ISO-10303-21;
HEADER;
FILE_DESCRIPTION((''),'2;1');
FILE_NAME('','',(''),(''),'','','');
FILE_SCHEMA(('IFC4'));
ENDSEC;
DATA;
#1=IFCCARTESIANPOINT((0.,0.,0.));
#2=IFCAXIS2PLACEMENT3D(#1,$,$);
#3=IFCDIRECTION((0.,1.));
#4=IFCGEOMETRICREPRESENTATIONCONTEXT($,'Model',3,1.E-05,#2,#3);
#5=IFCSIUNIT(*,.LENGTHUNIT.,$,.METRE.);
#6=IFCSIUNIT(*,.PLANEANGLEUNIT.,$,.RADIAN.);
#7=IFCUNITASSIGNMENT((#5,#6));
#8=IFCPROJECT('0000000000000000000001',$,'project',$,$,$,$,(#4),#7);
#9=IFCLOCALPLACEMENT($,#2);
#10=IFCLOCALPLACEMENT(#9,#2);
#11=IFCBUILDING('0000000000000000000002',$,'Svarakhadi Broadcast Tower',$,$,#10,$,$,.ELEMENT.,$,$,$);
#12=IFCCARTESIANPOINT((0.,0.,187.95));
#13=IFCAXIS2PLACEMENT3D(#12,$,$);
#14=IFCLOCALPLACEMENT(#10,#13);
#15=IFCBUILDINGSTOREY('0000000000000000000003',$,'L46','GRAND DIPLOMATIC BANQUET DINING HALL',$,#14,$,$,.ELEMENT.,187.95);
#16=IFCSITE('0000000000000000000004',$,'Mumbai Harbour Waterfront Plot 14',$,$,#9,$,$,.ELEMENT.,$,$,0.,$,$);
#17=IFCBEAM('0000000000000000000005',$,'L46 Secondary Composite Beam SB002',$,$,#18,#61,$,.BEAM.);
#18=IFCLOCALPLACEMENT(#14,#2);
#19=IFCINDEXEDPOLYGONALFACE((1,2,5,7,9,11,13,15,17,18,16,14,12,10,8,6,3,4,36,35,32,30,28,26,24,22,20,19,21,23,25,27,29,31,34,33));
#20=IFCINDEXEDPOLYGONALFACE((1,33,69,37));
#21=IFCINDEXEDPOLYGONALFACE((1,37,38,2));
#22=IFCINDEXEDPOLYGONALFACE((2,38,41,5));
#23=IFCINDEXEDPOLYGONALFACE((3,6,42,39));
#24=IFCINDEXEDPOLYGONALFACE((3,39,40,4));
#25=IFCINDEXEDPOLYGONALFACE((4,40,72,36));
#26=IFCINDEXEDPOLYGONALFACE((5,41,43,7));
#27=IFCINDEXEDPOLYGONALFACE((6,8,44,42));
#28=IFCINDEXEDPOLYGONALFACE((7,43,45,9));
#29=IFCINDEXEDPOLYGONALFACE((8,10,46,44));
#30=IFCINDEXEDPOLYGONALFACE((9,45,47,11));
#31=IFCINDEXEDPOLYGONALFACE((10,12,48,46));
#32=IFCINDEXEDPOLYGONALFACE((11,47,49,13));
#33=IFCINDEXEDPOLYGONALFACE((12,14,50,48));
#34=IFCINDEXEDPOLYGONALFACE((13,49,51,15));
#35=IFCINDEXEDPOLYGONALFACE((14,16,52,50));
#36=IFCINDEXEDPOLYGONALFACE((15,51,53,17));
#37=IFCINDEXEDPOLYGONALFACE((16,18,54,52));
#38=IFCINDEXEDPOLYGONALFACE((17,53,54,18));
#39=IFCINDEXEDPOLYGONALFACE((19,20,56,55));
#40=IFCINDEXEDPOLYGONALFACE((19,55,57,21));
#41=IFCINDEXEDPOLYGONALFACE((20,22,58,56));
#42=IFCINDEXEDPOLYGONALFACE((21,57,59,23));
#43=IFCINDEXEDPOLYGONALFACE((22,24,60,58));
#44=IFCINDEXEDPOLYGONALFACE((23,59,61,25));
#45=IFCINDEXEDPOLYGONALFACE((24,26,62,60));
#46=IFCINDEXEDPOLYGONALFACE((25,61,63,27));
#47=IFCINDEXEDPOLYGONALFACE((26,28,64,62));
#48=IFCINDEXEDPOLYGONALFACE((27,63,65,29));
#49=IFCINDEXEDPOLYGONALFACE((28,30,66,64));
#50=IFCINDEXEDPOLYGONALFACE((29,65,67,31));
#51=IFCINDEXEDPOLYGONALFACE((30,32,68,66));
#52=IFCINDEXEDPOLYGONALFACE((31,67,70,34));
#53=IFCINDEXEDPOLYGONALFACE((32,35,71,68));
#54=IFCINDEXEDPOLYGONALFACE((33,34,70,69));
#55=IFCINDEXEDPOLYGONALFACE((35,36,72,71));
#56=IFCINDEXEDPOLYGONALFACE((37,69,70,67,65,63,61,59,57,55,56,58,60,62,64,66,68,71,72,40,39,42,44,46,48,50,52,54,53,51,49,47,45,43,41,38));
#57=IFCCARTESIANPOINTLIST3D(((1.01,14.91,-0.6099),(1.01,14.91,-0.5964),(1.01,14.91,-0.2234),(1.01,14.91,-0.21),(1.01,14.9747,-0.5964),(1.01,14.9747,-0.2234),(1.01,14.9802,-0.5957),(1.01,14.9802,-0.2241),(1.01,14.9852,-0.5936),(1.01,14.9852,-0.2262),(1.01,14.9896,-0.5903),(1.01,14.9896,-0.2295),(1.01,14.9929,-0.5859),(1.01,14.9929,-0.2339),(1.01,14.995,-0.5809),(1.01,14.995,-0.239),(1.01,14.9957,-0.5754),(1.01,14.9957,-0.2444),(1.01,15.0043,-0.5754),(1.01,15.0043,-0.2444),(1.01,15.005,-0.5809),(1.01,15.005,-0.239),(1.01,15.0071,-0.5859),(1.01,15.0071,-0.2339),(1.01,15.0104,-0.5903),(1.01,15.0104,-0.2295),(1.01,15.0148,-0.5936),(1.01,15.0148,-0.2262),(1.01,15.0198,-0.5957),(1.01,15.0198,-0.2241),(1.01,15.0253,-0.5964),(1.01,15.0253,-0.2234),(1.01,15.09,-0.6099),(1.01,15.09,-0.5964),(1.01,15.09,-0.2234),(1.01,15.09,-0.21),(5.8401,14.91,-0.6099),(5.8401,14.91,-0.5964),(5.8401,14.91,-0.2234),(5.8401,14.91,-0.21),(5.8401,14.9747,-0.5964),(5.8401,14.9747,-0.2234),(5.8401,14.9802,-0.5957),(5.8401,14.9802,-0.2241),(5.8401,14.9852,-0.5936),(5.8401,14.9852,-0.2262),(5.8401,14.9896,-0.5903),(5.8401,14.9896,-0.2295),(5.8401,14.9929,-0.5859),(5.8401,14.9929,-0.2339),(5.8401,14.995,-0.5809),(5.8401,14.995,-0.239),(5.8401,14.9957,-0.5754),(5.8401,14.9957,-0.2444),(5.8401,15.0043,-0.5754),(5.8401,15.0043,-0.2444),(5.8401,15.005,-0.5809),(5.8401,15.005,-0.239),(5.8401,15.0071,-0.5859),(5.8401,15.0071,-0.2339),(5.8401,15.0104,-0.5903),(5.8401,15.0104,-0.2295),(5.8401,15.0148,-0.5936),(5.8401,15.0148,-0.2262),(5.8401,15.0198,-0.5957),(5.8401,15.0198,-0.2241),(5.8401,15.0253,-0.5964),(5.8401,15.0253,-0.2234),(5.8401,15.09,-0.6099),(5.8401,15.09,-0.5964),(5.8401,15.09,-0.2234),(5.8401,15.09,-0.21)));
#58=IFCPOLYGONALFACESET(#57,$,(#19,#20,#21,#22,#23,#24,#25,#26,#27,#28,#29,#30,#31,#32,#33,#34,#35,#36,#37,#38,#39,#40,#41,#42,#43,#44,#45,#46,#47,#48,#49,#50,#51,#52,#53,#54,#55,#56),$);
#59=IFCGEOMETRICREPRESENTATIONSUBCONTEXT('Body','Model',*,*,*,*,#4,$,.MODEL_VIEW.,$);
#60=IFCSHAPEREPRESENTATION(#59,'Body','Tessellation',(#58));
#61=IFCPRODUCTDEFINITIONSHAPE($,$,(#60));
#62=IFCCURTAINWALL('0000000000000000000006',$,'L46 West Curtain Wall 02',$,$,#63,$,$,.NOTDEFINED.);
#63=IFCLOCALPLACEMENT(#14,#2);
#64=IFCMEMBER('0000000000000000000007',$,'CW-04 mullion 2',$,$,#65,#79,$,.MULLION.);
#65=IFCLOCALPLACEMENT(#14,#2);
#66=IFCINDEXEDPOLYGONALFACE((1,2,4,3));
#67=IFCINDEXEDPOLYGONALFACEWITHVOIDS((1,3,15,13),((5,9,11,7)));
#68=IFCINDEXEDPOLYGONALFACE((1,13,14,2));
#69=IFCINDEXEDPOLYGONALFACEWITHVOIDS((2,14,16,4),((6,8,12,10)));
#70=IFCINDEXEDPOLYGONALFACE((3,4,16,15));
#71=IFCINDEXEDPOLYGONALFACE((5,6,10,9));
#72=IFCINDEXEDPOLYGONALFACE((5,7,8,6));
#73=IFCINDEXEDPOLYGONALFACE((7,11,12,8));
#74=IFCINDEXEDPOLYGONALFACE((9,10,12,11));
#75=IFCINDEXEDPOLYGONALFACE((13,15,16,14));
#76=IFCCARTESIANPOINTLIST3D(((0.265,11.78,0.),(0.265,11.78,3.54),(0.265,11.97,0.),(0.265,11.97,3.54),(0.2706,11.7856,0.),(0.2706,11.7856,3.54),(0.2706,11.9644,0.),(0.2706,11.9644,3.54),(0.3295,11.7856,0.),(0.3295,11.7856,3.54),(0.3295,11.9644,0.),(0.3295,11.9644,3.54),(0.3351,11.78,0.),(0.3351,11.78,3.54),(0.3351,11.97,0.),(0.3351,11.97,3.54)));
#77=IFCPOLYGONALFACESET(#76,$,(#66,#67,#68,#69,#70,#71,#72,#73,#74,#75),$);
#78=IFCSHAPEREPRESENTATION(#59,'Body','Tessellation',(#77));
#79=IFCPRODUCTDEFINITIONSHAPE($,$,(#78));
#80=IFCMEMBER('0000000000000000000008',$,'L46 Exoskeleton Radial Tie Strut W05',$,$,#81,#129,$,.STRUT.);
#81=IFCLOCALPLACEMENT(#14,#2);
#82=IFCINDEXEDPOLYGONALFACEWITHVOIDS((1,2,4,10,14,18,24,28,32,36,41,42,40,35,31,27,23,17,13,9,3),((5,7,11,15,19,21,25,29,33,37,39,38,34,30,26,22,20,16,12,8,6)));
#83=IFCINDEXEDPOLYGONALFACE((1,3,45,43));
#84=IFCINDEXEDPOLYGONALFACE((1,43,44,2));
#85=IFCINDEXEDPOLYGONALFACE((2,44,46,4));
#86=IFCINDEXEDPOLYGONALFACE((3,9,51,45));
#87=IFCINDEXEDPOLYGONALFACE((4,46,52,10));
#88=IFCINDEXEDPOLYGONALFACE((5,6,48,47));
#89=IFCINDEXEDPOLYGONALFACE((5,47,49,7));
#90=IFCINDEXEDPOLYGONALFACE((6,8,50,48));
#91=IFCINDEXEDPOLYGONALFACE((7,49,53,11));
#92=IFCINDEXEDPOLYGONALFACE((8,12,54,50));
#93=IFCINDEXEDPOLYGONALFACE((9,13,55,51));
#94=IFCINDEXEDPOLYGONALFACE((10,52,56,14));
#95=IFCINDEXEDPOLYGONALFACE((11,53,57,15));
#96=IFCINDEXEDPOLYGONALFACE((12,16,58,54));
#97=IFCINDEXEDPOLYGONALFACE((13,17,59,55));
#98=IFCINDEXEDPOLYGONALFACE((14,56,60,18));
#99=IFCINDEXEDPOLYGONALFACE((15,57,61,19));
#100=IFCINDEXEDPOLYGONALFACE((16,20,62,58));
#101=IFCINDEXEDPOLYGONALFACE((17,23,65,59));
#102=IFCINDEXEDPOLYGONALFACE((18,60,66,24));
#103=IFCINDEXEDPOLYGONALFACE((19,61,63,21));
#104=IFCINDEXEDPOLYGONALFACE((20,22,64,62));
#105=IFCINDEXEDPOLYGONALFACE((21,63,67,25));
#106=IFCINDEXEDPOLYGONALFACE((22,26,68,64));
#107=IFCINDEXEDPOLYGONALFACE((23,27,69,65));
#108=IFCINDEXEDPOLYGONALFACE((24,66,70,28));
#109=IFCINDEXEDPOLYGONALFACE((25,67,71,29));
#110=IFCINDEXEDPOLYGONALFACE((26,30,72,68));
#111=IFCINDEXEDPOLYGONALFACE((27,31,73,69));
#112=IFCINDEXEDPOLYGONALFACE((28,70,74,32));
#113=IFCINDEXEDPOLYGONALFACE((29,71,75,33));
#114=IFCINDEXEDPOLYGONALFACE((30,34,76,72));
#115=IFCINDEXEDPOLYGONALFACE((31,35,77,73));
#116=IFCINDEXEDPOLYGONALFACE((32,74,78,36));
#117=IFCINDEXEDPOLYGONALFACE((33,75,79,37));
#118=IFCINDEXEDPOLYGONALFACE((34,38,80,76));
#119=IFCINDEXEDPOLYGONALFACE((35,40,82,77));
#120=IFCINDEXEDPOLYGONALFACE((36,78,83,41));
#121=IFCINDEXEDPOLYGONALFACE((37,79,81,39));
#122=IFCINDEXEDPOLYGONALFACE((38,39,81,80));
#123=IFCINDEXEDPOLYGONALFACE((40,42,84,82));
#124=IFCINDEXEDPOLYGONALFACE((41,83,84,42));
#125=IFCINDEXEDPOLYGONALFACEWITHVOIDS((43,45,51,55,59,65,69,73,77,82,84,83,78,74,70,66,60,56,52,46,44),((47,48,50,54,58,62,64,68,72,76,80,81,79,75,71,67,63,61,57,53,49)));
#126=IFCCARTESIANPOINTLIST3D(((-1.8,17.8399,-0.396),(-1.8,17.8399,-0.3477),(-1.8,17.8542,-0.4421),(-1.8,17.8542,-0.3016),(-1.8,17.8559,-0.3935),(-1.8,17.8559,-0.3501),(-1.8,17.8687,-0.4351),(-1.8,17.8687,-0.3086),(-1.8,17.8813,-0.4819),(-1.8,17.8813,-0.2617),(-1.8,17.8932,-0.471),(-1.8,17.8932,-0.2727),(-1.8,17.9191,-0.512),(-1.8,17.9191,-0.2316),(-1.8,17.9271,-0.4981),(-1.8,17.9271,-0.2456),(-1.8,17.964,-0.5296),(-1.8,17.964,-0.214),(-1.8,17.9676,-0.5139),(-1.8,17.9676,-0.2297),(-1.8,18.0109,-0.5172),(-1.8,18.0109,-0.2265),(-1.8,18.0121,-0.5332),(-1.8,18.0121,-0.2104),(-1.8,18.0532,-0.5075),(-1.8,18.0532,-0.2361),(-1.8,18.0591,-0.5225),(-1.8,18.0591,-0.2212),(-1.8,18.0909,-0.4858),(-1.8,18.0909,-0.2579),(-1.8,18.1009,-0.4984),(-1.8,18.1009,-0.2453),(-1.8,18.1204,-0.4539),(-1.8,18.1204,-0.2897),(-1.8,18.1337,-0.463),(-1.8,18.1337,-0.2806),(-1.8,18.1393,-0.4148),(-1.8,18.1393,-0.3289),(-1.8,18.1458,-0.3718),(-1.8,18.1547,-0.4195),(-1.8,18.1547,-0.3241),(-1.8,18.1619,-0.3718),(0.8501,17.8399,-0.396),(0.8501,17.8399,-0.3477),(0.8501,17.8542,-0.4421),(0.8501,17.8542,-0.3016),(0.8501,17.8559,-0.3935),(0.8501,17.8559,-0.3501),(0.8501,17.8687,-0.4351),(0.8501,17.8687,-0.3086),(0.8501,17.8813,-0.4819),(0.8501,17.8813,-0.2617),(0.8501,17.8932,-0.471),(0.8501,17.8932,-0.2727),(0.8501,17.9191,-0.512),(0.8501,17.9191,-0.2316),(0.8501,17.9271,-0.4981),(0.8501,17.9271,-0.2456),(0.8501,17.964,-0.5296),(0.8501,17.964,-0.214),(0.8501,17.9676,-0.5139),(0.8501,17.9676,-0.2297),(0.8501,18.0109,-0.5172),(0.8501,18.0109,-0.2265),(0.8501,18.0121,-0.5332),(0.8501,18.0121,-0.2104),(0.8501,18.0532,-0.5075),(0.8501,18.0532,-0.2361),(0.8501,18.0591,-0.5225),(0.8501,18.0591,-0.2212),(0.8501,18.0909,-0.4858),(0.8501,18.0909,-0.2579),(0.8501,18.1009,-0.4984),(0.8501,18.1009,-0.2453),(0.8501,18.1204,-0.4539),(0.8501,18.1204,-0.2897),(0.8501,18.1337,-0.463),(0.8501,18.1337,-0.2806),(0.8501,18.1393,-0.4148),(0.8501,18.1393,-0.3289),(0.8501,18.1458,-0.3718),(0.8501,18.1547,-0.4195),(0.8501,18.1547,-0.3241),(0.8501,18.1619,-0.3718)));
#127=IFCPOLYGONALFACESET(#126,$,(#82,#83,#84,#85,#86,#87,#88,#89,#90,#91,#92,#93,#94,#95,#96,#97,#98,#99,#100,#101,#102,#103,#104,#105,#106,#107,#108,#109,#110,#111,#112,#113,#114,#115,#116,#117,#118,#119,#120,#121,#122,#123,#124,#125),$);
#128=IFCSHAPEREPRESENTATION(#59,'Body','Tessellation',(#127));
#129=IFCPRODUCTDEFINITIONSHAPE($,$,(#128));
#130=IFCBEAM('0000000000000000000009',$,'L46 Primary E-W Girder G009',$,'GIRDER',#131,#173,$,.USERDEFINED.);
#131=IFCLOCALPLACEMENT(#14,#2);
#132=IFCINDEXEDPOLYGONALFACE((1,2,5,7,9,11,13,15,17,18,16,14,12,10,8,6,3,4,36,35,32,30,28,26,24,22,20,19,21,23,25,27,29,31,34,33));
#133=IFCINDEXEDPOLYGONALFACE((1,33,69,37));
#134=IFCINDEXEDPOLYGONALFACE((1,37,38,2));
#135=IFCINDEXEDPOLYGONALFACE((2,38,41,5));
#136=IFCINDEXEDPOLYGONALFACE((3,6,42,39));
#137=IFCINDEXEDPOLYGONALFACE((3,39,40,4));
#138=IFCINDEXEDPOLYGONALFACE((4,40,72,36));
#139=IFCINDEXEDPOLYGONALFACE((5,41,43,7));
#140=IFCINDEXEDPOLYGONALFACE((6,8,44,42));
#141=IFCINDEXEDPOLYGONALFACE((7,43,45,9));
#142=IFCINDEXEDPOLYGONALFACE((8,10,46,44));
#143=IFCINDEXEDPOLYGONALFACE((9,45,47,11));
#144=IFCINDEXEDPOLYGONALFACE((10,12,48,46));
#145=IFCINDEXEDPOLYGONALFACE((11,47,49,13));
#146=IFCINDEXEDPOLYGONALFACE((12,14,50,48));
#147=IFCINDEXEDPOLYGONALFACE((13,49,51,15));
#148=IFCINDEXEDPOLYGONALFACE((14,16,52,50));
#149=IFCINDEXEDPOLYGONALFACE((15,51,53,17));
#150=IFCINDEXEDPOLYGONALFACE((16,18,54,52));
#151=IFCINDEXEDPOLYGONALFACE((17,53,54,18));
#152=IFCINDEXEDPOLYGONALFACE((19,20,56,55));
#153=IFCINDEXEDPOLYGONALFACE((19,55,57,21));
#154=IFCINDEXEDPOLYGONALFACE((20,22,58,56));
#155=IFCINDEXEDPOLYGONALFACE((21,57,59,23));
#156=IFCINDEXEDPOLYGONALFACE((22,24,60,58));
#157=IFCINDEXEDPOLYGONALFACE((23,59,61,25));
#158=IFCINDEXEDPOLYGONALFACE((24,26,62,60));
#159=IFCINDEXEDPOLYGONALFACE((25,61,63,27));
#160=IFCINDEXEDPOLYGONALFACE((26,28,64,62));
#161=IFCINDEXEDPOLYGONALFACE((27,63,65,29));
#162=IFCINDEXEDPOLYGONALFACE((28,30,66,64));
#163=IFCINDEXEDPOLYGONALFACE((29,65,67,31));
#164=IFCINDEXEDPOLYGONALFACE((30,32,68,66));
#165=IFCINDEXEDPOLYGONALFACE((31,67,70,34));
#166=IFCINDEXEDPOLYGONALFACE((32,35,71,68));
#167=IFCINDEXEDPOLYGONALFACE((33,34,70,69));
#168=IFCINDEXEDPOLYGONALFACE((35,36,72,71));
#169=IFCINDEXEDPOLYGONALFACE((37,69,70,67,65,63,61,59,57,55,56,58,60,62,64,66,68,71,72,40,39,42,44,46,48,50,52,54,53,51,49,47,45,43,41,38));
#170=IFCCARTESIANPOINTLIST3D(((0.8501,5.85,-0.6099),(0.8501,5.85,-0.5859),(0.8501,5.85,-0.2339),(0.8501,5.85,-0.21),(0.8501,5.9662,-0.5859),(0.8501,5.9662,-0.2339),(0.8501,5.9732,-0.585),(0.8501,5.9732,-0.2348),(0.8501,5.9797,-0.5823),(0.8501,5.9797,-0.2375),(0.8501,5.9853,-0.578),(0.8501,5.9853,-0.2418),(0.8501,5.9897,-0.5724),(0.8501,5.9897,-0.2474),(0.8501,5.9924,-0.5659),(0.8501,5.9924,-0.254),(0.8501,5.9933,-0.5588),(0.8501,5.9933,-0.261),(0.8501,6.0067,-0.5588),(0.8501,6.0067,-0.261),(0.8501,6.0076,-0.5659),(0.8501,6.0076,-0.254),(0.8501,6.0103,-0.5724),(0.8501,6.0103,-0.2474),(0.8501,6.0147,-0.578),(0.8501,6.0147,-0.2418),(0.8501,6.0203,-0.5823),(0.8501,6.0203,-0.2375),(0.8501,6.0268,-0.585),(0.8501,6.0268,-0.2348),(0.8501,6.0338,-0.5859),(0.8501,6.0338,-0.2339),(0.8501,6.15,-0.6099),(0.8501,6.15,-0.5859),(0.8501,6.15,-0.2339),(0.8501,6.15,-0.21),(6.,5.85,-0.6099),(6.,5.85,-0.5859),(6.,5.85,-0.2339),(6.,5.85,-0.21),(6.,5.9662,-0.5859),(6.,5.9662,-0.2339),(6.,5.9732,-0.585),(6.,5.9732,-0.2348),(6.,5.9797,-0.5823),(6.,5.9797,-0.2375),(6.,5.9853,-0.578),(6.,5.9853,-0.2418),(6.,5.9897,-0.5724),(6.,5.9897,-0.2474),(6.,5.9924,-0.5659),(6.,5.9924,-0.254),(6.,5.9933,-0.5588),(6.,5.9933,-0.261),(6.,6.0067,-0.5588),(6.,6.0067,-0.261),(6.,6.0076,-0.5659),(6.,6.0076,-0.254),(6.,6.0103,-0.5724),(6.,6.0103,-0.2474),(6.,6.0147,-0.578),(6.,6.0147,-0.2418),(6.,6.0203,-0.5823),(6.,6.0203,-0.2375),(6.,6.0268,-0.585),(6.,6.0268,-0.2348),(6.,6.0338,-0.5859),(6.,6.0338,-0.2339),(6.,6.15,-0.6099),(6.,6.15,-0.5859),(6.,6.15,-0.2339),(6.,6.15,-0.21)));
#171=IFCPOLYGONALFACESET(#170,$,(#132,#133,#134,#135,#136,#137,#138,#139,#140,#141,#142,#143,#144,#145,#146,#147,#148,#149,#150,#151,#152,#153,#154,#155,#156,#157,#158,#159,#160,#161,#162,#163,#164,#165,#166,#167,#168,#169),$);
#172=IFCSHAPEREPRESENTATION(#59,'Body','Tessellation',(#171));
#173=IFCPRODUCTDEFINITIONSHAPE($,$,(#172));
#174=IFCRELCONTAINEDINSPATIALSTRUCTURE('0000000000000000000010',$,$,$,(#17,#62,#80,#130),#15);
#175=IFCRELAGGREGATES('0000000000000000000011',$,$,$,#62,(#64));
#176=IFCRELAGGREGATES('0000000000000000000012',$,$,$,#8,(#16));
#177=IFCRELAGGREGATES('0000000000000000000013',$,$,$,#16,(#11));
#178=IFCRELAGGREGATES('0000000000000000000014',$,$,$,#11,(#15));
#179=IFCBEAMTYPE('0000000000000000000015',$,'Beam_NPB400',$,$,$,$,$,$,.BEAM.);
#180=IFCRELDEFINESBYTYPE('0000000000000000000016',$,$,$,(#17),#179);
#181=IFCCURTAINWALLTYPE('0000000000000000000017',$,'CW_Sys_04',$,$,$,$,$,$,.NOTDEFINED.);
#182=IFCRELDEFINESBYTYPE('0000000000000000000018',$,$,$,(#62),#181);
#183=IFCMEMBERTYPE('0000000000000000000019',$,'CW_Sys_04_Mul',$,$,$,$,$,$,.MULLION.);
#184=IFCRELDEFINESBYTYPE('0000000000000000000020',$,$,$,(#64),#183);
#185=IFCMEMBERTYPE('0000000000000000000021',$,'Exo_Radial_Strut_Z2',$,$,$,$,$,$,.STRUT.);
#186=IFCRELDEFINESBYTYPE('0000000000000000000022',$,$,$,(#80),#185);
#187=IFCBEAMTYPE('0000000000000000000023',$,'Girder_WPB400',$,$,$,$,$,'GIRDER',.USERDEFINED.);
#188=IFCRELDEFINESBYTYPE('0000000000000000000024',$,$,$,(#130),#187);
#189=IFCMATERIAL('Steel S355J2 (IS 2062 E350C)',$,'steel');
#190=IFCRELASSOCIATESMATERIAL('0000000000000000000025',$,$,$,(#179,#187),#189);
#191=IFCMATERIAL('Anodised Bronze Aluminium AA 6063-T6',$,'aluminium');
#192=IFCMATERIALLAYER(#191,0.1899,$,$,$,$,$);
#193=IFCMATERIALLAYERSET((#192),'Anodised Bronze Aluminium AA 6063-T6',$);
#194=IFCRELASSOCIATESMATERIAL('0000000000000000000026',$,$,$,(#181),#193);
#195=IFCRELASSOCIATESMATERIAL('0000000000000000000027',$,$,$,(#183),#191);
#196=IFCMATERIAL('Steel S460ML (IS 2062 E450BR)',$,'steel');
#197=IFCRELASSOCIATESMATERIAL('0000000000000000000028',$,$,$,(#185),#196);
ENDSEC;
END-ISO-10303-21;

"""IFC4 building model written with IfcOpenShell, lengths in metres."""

from ifc_helpers import new_model, si_unit, direction, frame, origin, origin_2d, place, context, subcontext, project, spatial, hollow_rectangle, hollow_circle, i_section, extrude, material, layer, layer_set, material_profile, profile_set, type_object, element, aggregate, save


model = new_model("IFC4")

# Units and contexts
model_context = context("Model", 3, precision=1e-05, world=origin(), true_north=direction((0.0, 1.0)))
body_context = subcontext(model_context, "Body", "Model", "MODEL_VIEW")
ifc_project = project(units=[si_unit("LENGTHUNIT", "METRE"), si_unit("PLANEANGLEUNIT", "RADIAN")], contexts=[model_context])

# Site, building, storey
site_placement = place(None, origin())
site = spatial("IfcSite", under=ifc_project, at=site_placement, Name="Mumbai Harbour Waterfront Plot 14", CompositionType="ELEMENT", RefElevation=0.0)
building_placement = place(site_placement, origin())
building = spatial("IfcBuilding", under=site, at=building_placement, Name="Svarakhadi Broadcast Tower", CompositionType="ELEMENT")
storey_placement = place(building_placement, frame((0.0, 0.0, 187.95)))
storey = spatial("IfcBuildingStorey", under=building, at=storey_placement, Name="L46", Description="GRAND DIPLOMATIC BANQUET DINING HALL", CompositionType="ELEMENT", Elevation=187.95)

# Shared definitions
ifc_material_1 = material(Name="Steel S460ML (IS 2062 E450BR)", Category="steel")

# Beam
ifc_material_2 = material(Name="Steel S355J2 (IS 2062 E350C)", Category="steel")
ifc_material_profile_1 = material_profile(ifc_material_2, i_section(OverallWidth=0.1799, OverallDepth=0.3999, WebThickness=0.0085, FlangeThickness=0.0134, FilletRadius=0.021, at=origin_2d()), Name="NPB 400x180x66")
ifc_profile_set_1 = profile_set([ifc_material_profile_1], Name="Steel S355J2 (IS 2062 E350C)")
beam_type_1 = type_object("IfcBeamType", Name="Beam_NPB400", PredefinedType="BEAM", material=ifc_profile_set_1)
for number, where, z_axis, x_axis, name in (
    (1, (1.01, 15.0, -0.4099), (1.0, 0.0, 0.0), (0.0, 1.0, 0.0), "L46 Secondary Composite Beam SB002"),
):
    element("IfcBeam", number, at=place(storey_placement, frame(where, z_axis=z_axis, x_axis=x_axis)), inside=storey, type_object=beam_type_1, Name=name, PredefinedType="BEAM", context=body_context, shape_type="SweptSolid", body=[
        extrude(i_section(OverallWidth=0.1799, OverallDepth=0.3999, WebThickness=0.0085, FlangeThickness=0.0134, FilletRadius=0.021, at=origin_2d()), origin(), (0.0, 0.0, 1.0), 4.8301),
    ])

# Curtain wall, member
ifc_material_3 = material(Name="Anodised Bronze Aluminium AA 6063-T6", Category="aluminium")
ifc_layer_1 = layer(ifc_material_3, 0.1899)
ifc_layer_set_1 = layer_set([ifc_layer_1], Name="Anodised Bronze Aluminium AA 6063-T6")
curtain_wall_type = type_object("IfcCurtainWallType", Name="CW_Sys_04", PredefinedType="NOTDEFINED", material=ifc_layer_set_1)
curtain_wall_placement = place(storey_placement, origin())
curtain_wall = element("IfcCurtainWall", 2, at=curtain_wall_placement, inside=storey, type_object=curtain_wall_type, Name="L46 West Curtain Wall 02", PredefinedType="NOTDEFINED")
ifc_material_profile_2 = material_profile(ifc_material_3, hollow_rectangle(XDim=0.0701, YDim=0.1899, WallThickness=0.0056, at=origin_2d()), Name="ALU MULLION 190x70x6")
ifc_profile_set_2 = profile_set([ifc_material_profile_2], Name="Anodised Bronze Aluminium AA 6063-T6")
member_type_1 = type_object("IfcMemberType", Name="CW_Sys_04_Mul", PredefinedType="MULLION", material=ifc_profile_set_2)
member_1_placement = place(storey_placement, frame((0.3, 11.875, 0.0), z_axis=(0.0, 0.0, 1.0), x_axis=(-1.0, 0.0, 0.0)))
member_1 = element("IfcMember", 3, at=member_1_placement, type_object=member_type_1, Name="CW-04 mullion 2", PredefinedType="MULLION", context=body_context, shape_type="SweptSolid", body=[
    extrude(hollow_rectangle(XDim=0.0701, YDim=0.1899, WallThickness=0.0056, at=origin_2d()), origin(), (0.0, 0.0, 1.0), 3.54),
])

# Member
ifc_material_profile_3 = material_profile(ifc_material_1, hollow_circle(Radius=0.1619, WallThickness=0.0161, at=origin_2d()), Name="CHS 323.9x16")
ifc_profile_set_3 = profile_set([ifc_material_profile_3], Name="Steel S460ML (IS 2062 E450BR)")
member_type_2 = type_object("IfcMemberType", Name="Exo_Radial_Strut_Z2", PredefinedType="STRUT", material=ifc_profile_set_3)
member_2_placement = place(storey_placement, frame((-1.8, 18.0, -0.3718), z_axis=(1.0, 0.0, 0.0), x_axis=(0.0, 1.0, 0.0)))
element("IfcMember", 4, at=member_2_placement, inside=storey, type_object=member_type_2, Name="L46 Exoskeleton Radial Tie Strut W05", PredefinedType="STRUT", context=body_context, shape_type="SweptSolid", body=[
    extrude(hollow_circle(Radius=0.1619, WallThickness=0.0161, at=origin_2d()), origin(), (0.0, 0.0, 1.0), 2.6501),
])

# Beam
ifc_material_profile_4 = material_profile(ifc_material_2, i_section(OverallWidth=0.3, OverallDepth=0.3999, WebThickness=0.0134, FlangeThickness=0.0239, FilletRadius=0.0271, at=origin_2d()), Name="WPB 400x300x155")
ifc_profile_set_4 = profile_set([ifc_material_profile_4], Name="Steel S355J2 (IS 2062 E350C)")
beam_type_2 = type_object("IfcBeamType", Name="Girder_WPB400", ElementType="GIRDER", PredefinedType="USERDEFINED", material=ifc_profile_set_4)
for number, where, z_axis, x_axis, name in (
    (5, (0.8501, 6.0, -0.4099), (1.0, 0.0, 0.0), (0.0, 1.0, 0.0), "L46 Primary E-W Girder G009"),
):
    element("IfcBeam", number, at=place(storey_placement, frame(where, z_axis=z_axis, x_axis=x_axis)), inside=storey, type_object=beam_type_2, Name=name, ObjectType="GIRDER", PredefinedType="USERDEFINED", context=body_context, shape_type="SweptSolid", body=[
        extrude(i_section(OverallWidth=0.3, OverallDepth=0.3999, WebThickness=0.0134, FlangeThickness=0.0239, FilletRadius=0.0271, at=origin_2d()), origin(), (0.0, 0.0, 1.0), 5.1499),
    ])

aggregate(curtain_wall, [member_1])

save(model, "model.ifc")
